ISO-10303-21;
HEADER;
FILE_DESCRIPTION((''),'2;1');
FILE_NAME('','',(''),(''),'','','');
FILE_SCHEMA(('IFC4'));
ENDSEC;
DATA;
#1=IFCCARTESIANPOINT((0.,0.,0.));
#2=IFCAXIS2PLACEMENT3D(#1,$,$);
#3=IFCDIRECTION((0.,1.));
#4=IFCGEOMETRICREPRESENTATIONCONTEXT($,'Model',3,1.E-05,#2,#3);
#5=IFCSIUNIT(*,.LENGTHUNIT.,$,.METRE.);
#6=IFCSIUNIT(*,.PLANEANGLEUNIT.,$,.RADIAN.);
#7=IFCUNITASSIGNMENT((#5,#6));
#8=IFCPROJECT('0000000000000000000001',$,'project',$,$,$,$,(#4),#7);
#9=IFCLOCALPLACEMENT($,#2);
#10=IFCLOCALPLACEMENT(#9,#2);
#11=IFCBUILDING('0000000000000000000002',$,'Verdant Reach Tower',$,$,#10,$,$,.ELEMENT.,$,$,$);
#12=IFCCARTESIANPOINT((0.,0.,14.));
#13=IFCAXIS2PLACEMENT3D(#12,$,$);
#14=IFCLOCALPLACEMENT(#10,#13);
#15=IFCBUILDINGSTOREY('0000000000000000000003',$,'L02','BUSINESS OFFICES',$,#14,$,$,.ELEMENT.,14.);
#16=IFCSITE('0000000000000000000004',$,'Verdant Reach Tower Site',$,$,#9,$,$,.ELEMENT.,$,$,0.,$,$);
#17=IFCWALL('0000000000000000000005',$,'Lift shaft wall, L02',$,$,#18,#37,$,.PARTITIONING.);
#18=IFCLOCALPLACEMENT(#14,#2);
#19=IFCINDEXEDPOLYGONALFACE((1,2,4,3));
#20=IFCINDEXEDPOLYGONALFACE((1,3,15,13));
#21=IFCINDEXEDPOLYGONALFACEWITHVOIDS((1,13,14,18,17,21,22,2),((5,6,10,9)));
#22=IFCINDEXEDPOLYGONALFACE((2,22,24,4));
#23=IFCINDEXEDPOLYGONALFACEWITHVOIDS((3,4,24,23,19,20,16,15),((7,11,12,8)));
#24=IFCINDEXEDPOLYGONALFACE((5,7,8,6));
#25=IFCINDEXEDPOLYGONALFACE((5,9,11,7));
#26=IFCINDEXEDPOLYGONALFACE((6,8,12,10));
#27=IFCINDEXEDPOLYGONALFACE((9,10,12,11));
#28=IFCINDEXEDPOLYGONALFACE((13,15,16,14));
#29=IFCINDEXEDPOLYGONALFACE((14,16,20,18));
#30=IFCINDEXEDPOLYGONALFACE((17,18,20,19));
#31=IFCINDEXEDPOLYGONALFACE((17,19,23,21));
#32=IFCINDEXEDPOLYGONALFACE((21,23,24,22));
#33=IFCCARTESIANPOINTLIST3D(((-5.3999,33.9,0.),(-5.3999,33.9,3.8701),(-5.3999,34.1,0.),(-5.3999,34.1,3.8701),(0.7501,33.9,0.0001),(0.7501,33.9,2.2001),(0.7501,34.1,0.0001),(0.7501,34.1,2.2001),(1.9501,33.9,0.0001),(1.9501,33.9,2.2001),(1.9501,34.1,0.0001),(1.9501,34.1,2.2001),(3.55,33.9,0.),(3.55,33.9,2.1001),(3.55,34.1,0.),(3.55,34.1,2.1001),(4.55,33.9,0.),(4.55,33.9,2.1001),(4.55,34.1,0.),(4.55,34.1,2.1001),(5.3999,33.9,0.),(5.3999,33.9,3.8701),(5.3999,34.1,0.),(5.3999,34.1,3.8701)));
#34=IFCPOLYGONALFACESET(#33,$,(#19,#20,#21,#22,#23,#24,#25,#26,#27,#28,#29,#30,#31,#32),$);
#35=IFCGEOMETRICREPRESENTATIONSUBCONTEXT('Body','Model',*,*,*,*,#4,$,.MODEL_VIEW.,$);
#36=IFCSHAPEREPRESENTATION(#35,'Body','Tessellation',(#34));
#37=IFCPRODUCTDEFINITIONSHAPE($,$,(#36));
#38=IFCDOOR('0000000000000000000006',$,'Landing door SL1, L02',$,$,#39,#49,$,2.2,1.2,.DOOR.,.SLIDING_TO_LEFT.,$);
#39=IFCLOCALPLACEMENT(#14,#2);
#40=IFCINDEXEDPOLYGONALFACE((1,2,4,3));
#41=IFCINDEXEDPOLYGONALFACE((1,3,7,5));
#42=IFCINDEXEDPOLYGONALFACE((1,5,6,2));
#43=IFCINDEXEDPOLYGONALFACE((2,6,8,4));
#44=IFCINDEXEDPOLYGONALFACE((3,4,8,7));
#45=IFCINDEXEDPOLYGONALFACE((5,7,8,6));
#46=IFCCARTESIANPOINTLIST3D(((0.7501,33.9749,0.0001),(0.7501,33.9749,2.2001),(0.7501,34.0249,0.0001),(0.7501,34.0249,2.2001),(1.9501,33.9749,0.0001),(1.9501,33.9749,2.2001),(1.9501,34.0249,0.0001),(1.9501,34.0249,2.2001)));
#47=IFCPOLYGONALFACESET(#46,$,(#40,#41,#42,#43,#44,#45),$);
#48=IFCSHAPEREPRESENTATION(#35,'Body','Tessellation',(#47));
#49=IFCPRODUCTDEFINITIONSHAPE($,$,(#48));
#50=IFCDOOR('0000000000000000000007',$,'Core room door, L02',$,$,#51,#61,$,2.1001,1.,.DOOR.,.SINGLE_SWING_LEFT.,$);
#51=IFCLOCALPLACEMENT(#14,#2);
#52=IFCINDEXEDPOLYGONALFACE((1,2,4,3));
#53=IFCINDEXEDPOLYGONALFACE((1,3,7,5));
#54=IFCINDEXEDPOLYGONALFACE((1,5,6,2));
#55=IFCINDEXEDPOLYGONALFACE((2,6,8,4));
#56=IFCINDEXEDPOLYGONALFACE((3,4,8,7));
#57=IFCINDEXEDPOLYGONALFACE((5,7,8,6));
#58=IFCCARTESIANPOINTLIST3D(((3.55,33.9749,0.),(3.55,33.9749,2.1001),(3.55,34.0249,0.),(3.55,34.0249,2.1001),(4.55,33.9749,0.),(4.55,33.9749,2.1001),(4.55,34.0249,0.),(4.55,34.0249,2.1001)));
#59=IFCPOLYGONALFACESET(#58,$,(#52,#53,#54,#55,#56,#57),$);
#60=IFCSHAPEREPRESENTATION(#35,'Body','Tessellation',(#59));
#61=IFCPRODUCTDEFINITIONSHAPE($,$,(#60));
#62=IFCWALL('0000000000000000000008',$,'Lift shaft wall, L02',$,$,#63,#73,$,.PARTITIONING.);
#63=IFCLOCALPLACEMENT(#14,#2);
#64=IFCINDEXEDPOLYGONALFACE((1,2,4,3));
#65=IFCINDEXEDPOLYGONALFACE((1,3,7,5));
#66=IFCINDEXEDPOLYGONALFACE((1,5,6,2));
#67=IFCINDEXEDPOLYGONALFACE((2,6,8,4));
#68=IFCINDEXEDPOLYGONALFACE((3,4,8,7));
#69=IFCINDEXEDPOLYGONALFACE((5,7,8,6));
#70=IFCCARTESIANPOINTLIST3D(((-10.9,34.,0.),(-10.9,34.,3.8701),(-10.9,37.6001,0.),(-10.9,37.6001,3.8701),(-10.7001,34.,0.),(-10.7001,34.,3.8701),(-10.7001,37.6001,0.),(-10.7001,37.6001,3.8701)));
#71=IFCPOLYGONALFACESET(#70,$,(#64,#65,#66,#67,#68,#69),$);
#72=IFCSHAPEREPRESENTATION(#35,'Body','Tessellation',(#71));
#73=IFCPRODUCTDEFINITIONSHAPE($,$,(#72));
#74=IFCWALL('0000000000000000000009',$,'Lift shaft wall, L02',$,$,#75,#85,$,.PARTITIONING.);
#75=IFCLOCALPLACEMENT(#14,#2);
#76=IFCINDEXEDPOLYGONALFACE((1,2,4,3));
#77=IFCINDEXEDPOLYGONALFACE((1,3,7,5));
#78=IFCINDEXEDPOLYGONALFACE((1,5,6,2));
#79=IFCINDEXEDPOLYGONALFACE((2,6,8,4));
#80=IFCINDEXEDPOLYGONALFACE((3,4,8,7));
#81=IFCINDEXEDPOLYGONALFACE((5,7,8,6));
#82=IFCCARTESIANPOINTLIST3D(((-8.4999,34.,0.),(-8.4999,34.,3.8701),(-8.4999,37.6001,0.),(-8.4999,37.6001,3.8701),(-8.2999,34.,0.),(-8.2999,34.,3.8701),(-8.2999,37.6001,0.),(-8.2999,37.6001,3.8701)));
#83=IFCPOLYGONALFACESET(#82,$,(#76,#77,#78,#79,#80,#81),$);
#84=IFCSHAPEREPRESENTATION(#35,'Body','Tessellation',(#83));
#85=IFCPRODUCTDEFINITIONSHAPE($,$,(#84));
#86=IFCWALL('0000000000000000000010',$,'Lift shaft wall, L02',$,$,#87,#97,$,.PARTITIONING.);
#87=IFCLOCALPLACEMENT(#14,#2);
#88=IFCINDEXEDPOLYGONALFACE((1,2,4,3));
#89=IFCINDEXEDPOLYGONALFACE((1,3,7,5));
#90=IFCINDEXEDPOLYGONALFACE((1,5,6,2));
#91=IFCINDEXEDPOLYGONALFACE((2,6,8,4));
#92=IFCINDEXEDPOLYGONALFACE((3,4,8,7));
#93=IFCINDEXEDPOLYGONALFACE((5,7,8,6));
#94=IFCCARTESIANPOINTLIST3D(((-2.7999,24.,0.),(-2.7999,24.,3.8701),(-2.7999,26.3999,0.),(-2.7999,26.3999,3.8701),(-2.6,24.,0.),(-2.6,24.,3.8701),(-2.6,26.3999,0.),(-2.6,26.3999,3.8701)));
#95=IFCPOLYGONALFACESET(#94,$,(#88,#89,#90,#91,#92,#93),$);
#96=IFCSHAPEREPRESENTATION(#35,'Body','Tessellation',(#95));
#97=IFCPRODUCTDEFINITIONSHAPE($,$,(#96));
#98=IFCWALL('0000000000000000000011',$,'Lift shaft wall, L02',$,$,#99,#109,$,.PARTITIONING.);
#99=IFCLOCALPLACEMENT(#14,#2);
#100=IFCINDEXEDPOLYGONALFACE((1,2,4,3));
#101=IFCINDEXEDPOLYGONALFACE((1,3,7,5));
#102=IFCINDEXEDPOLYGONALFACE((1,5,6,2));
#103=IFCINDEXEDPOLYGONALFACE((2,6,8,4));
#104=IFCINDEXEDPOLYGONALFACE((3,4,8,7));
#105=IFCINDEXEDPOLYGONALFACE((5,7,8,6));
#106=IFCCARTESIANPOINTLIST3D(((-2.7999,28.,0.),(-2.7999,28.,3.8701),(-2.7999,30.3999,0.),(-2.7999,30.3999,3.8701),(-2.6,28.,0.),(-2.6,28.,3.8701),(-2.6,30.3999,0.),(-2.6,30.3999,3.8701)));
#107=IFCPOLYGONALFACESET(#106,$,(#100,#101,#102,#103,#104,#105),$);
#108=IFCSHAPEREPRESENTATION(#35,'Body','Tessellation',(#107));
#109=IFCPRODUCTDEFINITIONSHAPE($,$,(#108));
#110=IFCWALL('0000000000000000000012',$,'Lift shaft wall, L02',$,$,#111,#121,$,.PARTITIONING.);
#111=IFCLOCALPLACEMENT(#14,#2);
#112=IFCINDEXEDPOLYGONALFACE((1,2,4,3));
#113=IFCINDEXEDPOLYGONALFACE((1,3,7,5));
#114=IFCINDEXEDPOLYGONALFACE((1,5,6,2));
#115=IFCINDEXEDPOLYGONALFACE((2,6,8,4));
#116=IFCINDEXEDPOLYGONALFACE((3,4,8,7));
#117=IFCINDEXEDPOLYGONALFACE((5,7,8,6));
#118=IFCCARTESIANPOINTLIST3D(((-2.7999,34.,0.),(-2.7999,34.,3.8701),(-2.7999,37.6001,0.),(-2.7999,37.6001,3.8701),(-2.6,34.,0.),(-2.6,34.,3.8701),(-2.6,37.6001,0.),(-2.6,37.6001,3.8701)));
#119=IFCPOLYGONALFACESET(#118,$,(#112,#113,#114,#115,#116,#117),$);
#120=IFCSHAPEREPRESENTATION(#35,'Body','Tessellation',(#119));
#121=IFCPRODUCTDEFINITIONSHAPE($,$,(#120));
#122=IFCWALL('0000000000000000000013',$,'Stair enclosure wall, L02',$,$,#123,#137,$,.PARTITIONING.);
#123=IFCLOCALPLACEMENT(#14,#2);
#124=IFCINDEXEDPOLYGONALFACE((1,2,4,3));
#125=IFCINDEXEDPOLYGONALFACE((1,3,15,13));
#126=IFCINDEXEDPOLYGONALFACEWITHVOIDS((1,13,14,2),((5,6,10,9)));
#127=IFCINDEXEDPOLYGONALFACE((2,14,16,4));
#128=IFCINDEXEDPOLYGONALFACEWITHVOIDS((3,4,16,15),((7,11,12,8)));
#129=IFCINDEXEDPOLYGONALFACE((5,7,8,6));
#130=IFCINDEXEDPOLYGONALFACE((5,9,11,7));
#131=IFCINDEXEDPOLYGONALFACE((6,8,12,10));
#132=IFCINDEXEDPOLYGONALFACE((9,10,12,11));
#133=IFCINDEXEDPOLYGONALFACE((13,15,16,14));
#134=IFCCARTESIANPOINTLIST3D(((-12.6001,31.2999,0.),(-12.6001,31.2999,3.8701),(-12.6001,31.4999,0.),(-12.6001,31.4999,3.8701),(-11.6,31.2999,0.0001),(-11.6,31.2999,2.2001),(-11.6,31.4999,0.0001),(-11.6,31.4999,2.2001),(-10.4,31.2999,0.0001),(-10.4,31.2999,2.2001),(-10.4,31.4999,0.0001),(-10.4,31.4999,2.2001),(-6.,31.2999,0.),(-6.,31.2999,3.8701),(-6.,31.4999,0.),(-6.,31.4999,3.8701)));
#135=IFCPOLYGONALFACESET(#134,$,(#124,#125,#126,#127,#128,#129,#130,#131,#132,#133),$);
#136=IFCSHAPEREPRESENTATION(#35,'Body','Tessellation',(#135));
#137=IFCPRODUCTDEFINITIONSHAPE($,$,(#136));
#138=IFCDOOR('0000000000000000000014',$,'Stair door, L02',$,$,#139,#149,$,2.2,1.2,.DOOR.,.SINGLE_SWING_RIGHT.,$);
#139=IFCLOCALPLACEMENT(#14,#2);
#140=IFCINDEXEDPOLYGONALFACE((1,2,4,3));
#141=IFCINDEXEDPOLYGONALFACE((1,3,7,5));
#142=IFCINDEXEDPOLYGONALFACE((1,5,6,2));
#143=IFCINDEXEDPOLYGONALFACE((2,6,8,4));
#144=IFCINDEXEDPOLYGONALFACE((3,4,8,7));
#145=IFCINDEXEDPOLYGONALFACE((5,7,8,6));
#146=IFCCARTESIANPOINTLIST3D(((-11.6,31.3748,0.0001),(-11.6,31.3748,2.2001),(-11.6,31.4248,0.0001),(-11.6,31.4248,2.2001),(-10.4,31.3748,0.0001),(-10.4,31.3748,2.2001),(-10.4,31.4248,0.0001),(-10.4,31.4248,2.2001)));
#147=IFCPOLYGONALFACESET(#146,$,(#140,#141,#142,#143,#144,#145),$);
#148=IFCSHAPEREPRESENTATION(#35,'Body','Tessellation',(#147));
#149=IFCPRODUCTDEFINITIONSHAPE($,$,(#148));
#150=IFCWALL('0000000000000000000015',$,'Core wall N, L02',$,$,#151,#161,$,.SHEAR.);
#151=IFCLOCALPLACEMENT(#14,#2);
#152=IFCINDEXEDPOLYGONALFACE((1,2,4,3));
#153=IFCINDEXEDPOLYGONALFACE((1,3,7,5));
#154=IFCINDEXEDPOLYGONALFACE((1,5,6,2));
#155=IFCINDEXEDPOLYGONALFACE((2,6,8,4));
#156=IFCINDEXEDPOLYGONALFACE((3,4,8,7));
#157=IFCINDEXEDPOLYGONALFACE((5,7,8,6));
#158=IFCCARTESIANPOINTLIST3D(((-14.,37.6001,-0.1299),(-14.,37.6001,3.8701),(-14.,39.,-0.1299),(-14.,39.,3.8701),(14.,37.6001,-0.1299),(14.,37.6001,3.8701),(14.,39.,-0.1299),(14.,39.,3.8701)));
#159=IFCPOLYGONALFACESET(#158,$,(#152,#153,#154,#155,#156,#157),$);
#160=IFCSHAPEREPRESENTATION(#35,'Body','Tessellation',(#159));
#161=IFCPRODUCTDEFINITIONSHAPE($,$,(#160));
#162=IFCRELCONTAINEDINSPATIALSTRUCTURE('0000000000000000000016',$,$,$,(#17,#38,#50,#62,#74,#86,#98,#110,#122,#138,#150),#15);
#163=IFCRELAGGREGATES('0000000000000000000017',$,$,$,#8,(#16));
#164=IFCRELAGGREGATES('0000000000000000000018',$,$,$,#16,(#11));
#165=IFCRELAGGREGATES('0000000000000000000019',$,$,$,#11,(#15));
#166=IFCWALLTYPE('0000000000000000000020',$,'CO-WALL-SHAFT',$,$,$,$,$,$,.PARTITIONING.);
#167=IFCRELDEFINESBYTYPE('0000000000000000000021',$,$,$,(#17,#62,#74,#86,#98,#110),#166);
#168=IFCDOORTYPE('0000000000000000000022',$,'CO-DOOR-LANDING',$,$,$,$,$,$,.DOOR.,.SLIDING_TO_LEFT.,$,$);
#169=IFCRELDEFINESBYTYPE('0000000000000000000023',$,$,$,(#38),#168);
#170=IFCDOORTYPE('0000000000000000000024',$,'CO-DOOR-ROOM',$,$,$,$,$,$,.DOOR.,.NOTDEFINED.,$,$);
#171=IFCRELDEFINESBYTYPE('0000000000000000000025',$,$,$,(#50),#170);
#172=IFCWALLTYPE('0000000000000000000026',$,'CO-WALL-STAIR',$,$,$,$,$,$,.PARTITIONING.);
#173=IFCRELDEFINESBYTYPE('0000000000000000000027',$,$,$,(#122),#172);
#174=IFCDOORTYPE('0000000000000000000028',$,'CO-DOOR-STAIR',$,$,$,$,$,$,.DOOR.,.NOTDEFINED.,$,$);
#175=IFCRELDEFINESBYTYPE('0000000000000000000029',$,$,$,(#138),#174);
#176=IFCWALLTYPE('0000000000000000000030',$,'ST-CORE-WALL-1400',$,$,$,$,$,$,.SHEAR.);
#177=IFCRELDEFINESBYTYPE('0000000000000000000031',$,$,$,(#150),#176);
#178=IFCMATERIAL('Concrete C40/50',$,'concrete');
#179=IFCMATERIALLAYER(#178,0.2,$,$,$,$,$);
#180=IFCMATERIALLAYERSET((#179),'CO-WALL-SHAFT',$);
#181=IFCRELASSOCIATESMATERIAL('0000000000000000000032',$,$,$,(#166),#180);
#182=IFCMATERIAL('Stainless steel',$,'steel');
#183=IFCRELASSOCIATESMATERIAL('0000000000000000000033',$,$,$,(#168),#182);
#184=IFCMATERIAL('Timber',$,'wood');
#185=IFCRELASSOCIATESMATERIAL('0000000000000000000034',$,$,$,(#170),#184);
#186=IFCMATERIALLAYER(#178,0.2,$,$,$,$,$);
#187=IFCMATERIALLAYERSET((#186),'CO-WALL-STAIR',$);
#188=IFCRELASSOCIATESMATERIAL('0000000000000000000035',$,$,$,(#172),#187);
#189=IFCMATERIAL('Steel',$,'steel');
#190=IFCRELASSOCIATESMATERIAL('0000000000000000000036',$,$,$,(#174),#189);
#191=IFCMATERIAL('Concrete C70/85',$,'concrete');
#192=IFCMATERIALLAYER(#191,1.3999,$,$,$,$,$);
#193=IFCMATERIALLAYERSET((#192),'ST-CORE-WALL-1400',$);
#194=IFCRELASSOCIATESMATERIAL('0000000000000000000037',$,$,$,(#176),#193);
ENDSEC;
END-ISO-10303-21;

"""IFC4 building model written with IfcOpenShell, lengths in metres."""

from ifc_helpers import new_model, si_unit, direction, frame, frame_2d, origin, place, context, subcontext, project, spatial, rectangle, extrude, material, layer, layer_set, type_object, element, fill, save


model = new_model("IFC4")

# Units and contexts
model_context = context("Model", 3, precision=1e-05, world=origin(), true_north=direction((0.0, 1.0)))
body_context = subcontext(model_context, "Body", "Model", "MODEL_VIEW")
ifc_project = project(units=[si_unit("LENGTHUNIT", "METRE"), si_unit("PLANEANGLEUNIT", "RADIAN")], contexts=[model_context])

# Site, building, storey
site_placement = place(None, origin())
site = spatial("IfcSite", under=ifc_project, at=site_placement, Name="Verdant Reach Tower Site", CompositionType="ELEMENT", RefElevation=0.0)
building_placement = place(site_placement, origin())
building = spatial("IfcBuilding", under=site, at=building_placement, Name="Verdant Reach Tower", CompositionType="ELEMENT")
storey_placement = place(building_placement, frame((0.0, 0.0, 14.0)))
storey = spatial("IfcBuildingStorey", under=building, at=storey_placement, Name="L02", Description="BUSINESS OFFICES", CompositionType="ELEMENT", Elevation=14.0)

# Shared definitions
ifc_material_1 = material(Name="Concrete C40/50", Category="concrete")
ifc_layer_1 = layer(ifc_material_1, 0.2)
ifc_layer_set_1 = layer_set([ifc_layer_1], Name="CO-WALL-SHAFT")
wall_type_1 = type_object("IfcWallType", Name="CO-WALL-SHAFT", PredefinedType="PARTITIONING", material=ifc_layer_set_1)

# Wall, openings, doors
ifc_material_2 = material(Name="Stainless steel", Category="steel")
ifc_material_3 = material(Name="Steel", Category="steel")
wall_1_placement = place(storey_placement, frame((-5.3999, 34.0, 0.0), z_axis=(0.0, 0.0, 1.0), x_axis=(1.0, 0.0, 0.0)))
wall_1 = element("IfcWall", 1, at=wall_1_placement, inside=storey, type_object=wall_type_1, Name="Lift shaft wall, L02", PredefinedType="PARTITIONING", context=body_context, shape_type="SweptSolid", body=[
    extrude(rectangle(XDim=10.7998, YDim=0.2, at=frame_2d((5.3999, 0.0))), origin(), (0.0, 0.0, 1.0), 3.8701),
])
opening_1_placement = place(wall_1_placement, frame((6.1499, 0.0, 0.0)))
opening_1 = element("IfcOpeningElement", 2, at=opening_1_placement, cuts=wall_1, PredefinedType="OPENING", context=body_context, shape_type="SweptSolid", body=[
    extrude(rectangle(XDim=1.2, YDim=2.2, at=frame_2d((0.6001, 1.1001))), frame((0.0, 0.1099, 0.0), z_axis=(0.0, -1.0, 0.0), x_axis=(1.0, 0.0, 0.0)), (0.0, 0.0, 1.0), 0.22),
])
opening_2_placement = place(wall_1_placement, frame((8.95, 0.0, 0.0)))
opening_2 = element("IfcOpeningElement", 3, at=opening_2_placement, cuts=wall_1, PredefinedType="OPENING", context=body_context, shape_type="SweptSolid", body=[
    extrude(rectangle(XDim=1.0, YDim=2.1001, at=frame_2d((0.5, 1.05))), frame((0.0, 0.1099, 0.0), z_axis=(0.0, -1.0, 0.0), x_axis=(1.0, 0.0, 0.0)), (0.0, 0.0, 1.0), 0.22),
])
door_type_1 = type_object("IfcDoorType", Name="CO-DOOR-LANDING", OperationType="SLIDING_TO_LEFT", PredefinedType="DOOR", material=ifc_material_2)
door_1_placement = place(opening_1_placement, origin())
door_1 = element("IfcDoor", 4, at=door_1_placement, inside=storey, type_object=door_type_1, Name="Landing door SL1, L02", OperationType="SLIDING_TO_LEFT", OverallHeight=2.2, OverallWidth=1.2, PredefinedType="DOOR", context=body_context, shape_type="SweptSolid", body=[
    extrude(rectangle(XDim=1.2, YDim=2.2, at=frame_2d((0.6001, 1.1001))), frame((0.0, 0.0249, 0.0), z_axis=(0.0, -1.0, 0.0), x_axis=(1.0, 0.0, 0.0)), (0.0, 0.0, 1.0), 0.05),
])
fill(opening_1, door_1)
ifc_material_4 = material(Name="Timber", Category="wood")
door_type_2 = type_object("IfcDoorType", Name="CO-DOOR-ROOM", OperationType="NOTDEFINED", PredefinedType="DOOR", material=ifc_material_4)
door_2_placement = place(opening_2_placement, origin())
door_2 = element("IfcDoor", 5, at=door_2_placement, inside=storey, type_object=door_type_2, Name="Core room door, L02", OperationType="SINGLE_SWING_LEFT", OverallHeight=2.1001, OverallWidth=1.0, PredefinedType="DOOR", context=body_context, shape_type="SweptSolid", body=[
    extrude(rectangle(XDim=1.0, YDim=2.1001, at=frame_2d((0.5, 1.05))), frame((0.0, 0.0249, 0.0), z_axis=(0.0, -1.0, 0.0), x_axis=(1.0, 0.0, 0.0)), (0.0, 0.0, 1.0), 0.05),
])
fill(opening_2, door_2)

# Walls
for number, where, z_axis, x_axis, name in (
    (6, (-10.8, 34.0, 0.0), (0.0, 0.0, 1.0), (0.0, 1.0, 0.0), "Lift shaft wall, L02"),
    (7, (-8.3999, 34.0, 0.0), (0.0, 0.0, 1.0), (0.0, 1.0, 0.0), "Lift shaft wall, L02"),
):
    element("IfcWall", number, at=place(storey_placement, frame(where, z_axis=z_axis, x_axis=x_axis)), inside=storey, type_object=wall_type_1, Name=name, PredefinedType="PARTITIONING", context=body_context, shape_type="SweptSolid", body=[
        extrude(rectangle(XDim=3.6001, YDim=0.2, at=frame_2d((1.8, 0.0))), origin(), (0.0, 0.0, 1.0), 3.8701),
    ])
for number, where, z_axis, x_axis, name in (
    (8, (-2.7, 24.0, 0.0), (0.0, 0.0, 1.0), (0.0, 1.0, 0.0), "Lift shaft wall, L02"),
    (9, (-2.7, 28.0, 0.0), (0.0, 0.0, 1.0), (0.0, 1.0, 0.0), "Lift shaft wall, L02"),
):
    element("IfcWall", number, at=place(storey_placement, frame(where, z_axis=z_axis, x_axis=x_axis)), inside=storey, type_object=wall_type_1, Name=name, PredefinedType="PARTITIONING", context=body_context, shape_type="SweptSolid", body=[
        extrude(rectangle(XDim=2.3999, YDim=0.2, at=frame_2d((1.2, 0.0))), origin(), (0.0, 0.0, 1.0), 3.8701),
    ])
wall_2_placement = place(storey_placement, frame((-2.7, 34.0, 0.0), z_axis=(0.0, 0.0, 1.0), x_axis=(0.0, 1.0, 0.0)))
element("IfcWall", 10, at=wall_2_placement, inside=storey, type_object=wall_type_1, Name="Lift shaft wall, L02", PredefinedType="PARTITIONING", context=body_context, shape_type="SweptSolid", body=[
    extrude(rectangle(XDim=3.6001, YDim=0.2, at=frame_2d((1.8, 0.0))), origin(), (0.0, 0.0, 1.0), 3.8701),
])

# Wall, opening, door
ifc_layer_2 = layer(ifc_material_1, 0.2)
ifc_layer_set_2 = layer_set([ifc_layer_2], Name="CO-WALL-STAIR")
wall_type_2 = type_object("IfcWallType", Name="CO-WALL-STAIR", PredefinedType="PARTITIONING", material=ifc_layer_set_2)
wall_3_placement = place(storey_placement, frame((-12.6001, 31.3999, 0.0), z_axis=(0.0, 0.0, 1.0), x_axis=(1.0, 0.0, 0.0)))
wall_3 = element("IfcWall", 11, at=wall_3_placement, inside=storey, type_object=wall_type_2, Name="Stair enclosure wall, L02", PredefinedType="PARTITIONING", context=body_context, shape_type="SweptSolid", body=[
    extrude(rectangle(XDim=6.6001, YDim=0.2, at=frame_2d((3.3, 0.0))), origin(), (0.0, 0.0, 1.0), 3.8701),
])
opening_3_placement = place(wall_3_placement, frame((1.0, 0.0, 0.0)))
opening_3 = element("IfcOpeningElement", 12, at=opening_3_placement, cuts=wall_3, PredefinedType="OPENING", context=body_context, shape_type="SweptSolid", body=[
    extrude(rectangle(XDim=1.2, YDim=2.2, at=frame_2d((0.6001, 1.1001))), frame((0.0, 0.1099, 0.0), z_axis=(0.0, -1.0, 0.0), x_axis=(1.0, 0.0, 0.0)), (0.0, 0.0, 1.0), 0.22),
])
door_type_3 = type_object("IfcDoorType", Name="CO-DOOR-STAIR", OperationType="NOTDEFINED", PredefinedType="DOOR", material=ifc_material_3)
door_3_placement = place(opening_3_placement, origin())
door_3 = element("IfcDoor", 13, at=door_3_placement, inside=storey, type_object=door_type_3, Name="Stair door, L02", OperationType="SINGLE_SWING_RIGHT", OverallHeight=2.2, OverallWidth=1.2, PredefinedType="DOOR", context=body_context, shape_type="SweptSolid", body=[
    extrude(rectangle(XDim=1.2, YDim=2.2, at=frame_2d((0.6001, 1.1001))), frame((0.0, 0.0249, 0.0), z_axis=(0.0, -1.0, 0.0), x_axis=(1.0, 0.0, 0.0)), (0.0, 0.0, 1.0), 0.05),
])
fill(opening_3, door_3)

# Wall
ifc_material_5 = material(Name="Concrete C70/85", Category="concrete")
ifc_layer_3 = layer(ifc_material_5, 1.3999)
ifc_layer_set_3 = layer_set([ifc_layer_3], Name="ST-CORE-WALL-1400")
wall_type_3 = type_object("IfcWallType", Name="ST-CORE-WALL-1400", PredefinedType="SHEAR", material=ifc_layer_set_3)
wall_4_placement = place(storey_placement, frame((-14.0, 38.3, -0.1299), z_axis=(0.0, 0.0, 1.0), x_axis=(1.0, 0.0, 0.0)))
element("IfcWall", 14, at=wall_4_placement, inside=storey, type_object=wall_type_3, Name="Core wall N, L02", PredefinedType="SHEAR", context=body_context, shape_type="SweptSolid", body=[
    extrude(rectangle(XDim=28.0, YDim=1.3999, at=frame_2d((14.0, 0.0))), origin(), (0.0, 0.0, 1.0), 4.0),
])

save(model, "model.ifc")
